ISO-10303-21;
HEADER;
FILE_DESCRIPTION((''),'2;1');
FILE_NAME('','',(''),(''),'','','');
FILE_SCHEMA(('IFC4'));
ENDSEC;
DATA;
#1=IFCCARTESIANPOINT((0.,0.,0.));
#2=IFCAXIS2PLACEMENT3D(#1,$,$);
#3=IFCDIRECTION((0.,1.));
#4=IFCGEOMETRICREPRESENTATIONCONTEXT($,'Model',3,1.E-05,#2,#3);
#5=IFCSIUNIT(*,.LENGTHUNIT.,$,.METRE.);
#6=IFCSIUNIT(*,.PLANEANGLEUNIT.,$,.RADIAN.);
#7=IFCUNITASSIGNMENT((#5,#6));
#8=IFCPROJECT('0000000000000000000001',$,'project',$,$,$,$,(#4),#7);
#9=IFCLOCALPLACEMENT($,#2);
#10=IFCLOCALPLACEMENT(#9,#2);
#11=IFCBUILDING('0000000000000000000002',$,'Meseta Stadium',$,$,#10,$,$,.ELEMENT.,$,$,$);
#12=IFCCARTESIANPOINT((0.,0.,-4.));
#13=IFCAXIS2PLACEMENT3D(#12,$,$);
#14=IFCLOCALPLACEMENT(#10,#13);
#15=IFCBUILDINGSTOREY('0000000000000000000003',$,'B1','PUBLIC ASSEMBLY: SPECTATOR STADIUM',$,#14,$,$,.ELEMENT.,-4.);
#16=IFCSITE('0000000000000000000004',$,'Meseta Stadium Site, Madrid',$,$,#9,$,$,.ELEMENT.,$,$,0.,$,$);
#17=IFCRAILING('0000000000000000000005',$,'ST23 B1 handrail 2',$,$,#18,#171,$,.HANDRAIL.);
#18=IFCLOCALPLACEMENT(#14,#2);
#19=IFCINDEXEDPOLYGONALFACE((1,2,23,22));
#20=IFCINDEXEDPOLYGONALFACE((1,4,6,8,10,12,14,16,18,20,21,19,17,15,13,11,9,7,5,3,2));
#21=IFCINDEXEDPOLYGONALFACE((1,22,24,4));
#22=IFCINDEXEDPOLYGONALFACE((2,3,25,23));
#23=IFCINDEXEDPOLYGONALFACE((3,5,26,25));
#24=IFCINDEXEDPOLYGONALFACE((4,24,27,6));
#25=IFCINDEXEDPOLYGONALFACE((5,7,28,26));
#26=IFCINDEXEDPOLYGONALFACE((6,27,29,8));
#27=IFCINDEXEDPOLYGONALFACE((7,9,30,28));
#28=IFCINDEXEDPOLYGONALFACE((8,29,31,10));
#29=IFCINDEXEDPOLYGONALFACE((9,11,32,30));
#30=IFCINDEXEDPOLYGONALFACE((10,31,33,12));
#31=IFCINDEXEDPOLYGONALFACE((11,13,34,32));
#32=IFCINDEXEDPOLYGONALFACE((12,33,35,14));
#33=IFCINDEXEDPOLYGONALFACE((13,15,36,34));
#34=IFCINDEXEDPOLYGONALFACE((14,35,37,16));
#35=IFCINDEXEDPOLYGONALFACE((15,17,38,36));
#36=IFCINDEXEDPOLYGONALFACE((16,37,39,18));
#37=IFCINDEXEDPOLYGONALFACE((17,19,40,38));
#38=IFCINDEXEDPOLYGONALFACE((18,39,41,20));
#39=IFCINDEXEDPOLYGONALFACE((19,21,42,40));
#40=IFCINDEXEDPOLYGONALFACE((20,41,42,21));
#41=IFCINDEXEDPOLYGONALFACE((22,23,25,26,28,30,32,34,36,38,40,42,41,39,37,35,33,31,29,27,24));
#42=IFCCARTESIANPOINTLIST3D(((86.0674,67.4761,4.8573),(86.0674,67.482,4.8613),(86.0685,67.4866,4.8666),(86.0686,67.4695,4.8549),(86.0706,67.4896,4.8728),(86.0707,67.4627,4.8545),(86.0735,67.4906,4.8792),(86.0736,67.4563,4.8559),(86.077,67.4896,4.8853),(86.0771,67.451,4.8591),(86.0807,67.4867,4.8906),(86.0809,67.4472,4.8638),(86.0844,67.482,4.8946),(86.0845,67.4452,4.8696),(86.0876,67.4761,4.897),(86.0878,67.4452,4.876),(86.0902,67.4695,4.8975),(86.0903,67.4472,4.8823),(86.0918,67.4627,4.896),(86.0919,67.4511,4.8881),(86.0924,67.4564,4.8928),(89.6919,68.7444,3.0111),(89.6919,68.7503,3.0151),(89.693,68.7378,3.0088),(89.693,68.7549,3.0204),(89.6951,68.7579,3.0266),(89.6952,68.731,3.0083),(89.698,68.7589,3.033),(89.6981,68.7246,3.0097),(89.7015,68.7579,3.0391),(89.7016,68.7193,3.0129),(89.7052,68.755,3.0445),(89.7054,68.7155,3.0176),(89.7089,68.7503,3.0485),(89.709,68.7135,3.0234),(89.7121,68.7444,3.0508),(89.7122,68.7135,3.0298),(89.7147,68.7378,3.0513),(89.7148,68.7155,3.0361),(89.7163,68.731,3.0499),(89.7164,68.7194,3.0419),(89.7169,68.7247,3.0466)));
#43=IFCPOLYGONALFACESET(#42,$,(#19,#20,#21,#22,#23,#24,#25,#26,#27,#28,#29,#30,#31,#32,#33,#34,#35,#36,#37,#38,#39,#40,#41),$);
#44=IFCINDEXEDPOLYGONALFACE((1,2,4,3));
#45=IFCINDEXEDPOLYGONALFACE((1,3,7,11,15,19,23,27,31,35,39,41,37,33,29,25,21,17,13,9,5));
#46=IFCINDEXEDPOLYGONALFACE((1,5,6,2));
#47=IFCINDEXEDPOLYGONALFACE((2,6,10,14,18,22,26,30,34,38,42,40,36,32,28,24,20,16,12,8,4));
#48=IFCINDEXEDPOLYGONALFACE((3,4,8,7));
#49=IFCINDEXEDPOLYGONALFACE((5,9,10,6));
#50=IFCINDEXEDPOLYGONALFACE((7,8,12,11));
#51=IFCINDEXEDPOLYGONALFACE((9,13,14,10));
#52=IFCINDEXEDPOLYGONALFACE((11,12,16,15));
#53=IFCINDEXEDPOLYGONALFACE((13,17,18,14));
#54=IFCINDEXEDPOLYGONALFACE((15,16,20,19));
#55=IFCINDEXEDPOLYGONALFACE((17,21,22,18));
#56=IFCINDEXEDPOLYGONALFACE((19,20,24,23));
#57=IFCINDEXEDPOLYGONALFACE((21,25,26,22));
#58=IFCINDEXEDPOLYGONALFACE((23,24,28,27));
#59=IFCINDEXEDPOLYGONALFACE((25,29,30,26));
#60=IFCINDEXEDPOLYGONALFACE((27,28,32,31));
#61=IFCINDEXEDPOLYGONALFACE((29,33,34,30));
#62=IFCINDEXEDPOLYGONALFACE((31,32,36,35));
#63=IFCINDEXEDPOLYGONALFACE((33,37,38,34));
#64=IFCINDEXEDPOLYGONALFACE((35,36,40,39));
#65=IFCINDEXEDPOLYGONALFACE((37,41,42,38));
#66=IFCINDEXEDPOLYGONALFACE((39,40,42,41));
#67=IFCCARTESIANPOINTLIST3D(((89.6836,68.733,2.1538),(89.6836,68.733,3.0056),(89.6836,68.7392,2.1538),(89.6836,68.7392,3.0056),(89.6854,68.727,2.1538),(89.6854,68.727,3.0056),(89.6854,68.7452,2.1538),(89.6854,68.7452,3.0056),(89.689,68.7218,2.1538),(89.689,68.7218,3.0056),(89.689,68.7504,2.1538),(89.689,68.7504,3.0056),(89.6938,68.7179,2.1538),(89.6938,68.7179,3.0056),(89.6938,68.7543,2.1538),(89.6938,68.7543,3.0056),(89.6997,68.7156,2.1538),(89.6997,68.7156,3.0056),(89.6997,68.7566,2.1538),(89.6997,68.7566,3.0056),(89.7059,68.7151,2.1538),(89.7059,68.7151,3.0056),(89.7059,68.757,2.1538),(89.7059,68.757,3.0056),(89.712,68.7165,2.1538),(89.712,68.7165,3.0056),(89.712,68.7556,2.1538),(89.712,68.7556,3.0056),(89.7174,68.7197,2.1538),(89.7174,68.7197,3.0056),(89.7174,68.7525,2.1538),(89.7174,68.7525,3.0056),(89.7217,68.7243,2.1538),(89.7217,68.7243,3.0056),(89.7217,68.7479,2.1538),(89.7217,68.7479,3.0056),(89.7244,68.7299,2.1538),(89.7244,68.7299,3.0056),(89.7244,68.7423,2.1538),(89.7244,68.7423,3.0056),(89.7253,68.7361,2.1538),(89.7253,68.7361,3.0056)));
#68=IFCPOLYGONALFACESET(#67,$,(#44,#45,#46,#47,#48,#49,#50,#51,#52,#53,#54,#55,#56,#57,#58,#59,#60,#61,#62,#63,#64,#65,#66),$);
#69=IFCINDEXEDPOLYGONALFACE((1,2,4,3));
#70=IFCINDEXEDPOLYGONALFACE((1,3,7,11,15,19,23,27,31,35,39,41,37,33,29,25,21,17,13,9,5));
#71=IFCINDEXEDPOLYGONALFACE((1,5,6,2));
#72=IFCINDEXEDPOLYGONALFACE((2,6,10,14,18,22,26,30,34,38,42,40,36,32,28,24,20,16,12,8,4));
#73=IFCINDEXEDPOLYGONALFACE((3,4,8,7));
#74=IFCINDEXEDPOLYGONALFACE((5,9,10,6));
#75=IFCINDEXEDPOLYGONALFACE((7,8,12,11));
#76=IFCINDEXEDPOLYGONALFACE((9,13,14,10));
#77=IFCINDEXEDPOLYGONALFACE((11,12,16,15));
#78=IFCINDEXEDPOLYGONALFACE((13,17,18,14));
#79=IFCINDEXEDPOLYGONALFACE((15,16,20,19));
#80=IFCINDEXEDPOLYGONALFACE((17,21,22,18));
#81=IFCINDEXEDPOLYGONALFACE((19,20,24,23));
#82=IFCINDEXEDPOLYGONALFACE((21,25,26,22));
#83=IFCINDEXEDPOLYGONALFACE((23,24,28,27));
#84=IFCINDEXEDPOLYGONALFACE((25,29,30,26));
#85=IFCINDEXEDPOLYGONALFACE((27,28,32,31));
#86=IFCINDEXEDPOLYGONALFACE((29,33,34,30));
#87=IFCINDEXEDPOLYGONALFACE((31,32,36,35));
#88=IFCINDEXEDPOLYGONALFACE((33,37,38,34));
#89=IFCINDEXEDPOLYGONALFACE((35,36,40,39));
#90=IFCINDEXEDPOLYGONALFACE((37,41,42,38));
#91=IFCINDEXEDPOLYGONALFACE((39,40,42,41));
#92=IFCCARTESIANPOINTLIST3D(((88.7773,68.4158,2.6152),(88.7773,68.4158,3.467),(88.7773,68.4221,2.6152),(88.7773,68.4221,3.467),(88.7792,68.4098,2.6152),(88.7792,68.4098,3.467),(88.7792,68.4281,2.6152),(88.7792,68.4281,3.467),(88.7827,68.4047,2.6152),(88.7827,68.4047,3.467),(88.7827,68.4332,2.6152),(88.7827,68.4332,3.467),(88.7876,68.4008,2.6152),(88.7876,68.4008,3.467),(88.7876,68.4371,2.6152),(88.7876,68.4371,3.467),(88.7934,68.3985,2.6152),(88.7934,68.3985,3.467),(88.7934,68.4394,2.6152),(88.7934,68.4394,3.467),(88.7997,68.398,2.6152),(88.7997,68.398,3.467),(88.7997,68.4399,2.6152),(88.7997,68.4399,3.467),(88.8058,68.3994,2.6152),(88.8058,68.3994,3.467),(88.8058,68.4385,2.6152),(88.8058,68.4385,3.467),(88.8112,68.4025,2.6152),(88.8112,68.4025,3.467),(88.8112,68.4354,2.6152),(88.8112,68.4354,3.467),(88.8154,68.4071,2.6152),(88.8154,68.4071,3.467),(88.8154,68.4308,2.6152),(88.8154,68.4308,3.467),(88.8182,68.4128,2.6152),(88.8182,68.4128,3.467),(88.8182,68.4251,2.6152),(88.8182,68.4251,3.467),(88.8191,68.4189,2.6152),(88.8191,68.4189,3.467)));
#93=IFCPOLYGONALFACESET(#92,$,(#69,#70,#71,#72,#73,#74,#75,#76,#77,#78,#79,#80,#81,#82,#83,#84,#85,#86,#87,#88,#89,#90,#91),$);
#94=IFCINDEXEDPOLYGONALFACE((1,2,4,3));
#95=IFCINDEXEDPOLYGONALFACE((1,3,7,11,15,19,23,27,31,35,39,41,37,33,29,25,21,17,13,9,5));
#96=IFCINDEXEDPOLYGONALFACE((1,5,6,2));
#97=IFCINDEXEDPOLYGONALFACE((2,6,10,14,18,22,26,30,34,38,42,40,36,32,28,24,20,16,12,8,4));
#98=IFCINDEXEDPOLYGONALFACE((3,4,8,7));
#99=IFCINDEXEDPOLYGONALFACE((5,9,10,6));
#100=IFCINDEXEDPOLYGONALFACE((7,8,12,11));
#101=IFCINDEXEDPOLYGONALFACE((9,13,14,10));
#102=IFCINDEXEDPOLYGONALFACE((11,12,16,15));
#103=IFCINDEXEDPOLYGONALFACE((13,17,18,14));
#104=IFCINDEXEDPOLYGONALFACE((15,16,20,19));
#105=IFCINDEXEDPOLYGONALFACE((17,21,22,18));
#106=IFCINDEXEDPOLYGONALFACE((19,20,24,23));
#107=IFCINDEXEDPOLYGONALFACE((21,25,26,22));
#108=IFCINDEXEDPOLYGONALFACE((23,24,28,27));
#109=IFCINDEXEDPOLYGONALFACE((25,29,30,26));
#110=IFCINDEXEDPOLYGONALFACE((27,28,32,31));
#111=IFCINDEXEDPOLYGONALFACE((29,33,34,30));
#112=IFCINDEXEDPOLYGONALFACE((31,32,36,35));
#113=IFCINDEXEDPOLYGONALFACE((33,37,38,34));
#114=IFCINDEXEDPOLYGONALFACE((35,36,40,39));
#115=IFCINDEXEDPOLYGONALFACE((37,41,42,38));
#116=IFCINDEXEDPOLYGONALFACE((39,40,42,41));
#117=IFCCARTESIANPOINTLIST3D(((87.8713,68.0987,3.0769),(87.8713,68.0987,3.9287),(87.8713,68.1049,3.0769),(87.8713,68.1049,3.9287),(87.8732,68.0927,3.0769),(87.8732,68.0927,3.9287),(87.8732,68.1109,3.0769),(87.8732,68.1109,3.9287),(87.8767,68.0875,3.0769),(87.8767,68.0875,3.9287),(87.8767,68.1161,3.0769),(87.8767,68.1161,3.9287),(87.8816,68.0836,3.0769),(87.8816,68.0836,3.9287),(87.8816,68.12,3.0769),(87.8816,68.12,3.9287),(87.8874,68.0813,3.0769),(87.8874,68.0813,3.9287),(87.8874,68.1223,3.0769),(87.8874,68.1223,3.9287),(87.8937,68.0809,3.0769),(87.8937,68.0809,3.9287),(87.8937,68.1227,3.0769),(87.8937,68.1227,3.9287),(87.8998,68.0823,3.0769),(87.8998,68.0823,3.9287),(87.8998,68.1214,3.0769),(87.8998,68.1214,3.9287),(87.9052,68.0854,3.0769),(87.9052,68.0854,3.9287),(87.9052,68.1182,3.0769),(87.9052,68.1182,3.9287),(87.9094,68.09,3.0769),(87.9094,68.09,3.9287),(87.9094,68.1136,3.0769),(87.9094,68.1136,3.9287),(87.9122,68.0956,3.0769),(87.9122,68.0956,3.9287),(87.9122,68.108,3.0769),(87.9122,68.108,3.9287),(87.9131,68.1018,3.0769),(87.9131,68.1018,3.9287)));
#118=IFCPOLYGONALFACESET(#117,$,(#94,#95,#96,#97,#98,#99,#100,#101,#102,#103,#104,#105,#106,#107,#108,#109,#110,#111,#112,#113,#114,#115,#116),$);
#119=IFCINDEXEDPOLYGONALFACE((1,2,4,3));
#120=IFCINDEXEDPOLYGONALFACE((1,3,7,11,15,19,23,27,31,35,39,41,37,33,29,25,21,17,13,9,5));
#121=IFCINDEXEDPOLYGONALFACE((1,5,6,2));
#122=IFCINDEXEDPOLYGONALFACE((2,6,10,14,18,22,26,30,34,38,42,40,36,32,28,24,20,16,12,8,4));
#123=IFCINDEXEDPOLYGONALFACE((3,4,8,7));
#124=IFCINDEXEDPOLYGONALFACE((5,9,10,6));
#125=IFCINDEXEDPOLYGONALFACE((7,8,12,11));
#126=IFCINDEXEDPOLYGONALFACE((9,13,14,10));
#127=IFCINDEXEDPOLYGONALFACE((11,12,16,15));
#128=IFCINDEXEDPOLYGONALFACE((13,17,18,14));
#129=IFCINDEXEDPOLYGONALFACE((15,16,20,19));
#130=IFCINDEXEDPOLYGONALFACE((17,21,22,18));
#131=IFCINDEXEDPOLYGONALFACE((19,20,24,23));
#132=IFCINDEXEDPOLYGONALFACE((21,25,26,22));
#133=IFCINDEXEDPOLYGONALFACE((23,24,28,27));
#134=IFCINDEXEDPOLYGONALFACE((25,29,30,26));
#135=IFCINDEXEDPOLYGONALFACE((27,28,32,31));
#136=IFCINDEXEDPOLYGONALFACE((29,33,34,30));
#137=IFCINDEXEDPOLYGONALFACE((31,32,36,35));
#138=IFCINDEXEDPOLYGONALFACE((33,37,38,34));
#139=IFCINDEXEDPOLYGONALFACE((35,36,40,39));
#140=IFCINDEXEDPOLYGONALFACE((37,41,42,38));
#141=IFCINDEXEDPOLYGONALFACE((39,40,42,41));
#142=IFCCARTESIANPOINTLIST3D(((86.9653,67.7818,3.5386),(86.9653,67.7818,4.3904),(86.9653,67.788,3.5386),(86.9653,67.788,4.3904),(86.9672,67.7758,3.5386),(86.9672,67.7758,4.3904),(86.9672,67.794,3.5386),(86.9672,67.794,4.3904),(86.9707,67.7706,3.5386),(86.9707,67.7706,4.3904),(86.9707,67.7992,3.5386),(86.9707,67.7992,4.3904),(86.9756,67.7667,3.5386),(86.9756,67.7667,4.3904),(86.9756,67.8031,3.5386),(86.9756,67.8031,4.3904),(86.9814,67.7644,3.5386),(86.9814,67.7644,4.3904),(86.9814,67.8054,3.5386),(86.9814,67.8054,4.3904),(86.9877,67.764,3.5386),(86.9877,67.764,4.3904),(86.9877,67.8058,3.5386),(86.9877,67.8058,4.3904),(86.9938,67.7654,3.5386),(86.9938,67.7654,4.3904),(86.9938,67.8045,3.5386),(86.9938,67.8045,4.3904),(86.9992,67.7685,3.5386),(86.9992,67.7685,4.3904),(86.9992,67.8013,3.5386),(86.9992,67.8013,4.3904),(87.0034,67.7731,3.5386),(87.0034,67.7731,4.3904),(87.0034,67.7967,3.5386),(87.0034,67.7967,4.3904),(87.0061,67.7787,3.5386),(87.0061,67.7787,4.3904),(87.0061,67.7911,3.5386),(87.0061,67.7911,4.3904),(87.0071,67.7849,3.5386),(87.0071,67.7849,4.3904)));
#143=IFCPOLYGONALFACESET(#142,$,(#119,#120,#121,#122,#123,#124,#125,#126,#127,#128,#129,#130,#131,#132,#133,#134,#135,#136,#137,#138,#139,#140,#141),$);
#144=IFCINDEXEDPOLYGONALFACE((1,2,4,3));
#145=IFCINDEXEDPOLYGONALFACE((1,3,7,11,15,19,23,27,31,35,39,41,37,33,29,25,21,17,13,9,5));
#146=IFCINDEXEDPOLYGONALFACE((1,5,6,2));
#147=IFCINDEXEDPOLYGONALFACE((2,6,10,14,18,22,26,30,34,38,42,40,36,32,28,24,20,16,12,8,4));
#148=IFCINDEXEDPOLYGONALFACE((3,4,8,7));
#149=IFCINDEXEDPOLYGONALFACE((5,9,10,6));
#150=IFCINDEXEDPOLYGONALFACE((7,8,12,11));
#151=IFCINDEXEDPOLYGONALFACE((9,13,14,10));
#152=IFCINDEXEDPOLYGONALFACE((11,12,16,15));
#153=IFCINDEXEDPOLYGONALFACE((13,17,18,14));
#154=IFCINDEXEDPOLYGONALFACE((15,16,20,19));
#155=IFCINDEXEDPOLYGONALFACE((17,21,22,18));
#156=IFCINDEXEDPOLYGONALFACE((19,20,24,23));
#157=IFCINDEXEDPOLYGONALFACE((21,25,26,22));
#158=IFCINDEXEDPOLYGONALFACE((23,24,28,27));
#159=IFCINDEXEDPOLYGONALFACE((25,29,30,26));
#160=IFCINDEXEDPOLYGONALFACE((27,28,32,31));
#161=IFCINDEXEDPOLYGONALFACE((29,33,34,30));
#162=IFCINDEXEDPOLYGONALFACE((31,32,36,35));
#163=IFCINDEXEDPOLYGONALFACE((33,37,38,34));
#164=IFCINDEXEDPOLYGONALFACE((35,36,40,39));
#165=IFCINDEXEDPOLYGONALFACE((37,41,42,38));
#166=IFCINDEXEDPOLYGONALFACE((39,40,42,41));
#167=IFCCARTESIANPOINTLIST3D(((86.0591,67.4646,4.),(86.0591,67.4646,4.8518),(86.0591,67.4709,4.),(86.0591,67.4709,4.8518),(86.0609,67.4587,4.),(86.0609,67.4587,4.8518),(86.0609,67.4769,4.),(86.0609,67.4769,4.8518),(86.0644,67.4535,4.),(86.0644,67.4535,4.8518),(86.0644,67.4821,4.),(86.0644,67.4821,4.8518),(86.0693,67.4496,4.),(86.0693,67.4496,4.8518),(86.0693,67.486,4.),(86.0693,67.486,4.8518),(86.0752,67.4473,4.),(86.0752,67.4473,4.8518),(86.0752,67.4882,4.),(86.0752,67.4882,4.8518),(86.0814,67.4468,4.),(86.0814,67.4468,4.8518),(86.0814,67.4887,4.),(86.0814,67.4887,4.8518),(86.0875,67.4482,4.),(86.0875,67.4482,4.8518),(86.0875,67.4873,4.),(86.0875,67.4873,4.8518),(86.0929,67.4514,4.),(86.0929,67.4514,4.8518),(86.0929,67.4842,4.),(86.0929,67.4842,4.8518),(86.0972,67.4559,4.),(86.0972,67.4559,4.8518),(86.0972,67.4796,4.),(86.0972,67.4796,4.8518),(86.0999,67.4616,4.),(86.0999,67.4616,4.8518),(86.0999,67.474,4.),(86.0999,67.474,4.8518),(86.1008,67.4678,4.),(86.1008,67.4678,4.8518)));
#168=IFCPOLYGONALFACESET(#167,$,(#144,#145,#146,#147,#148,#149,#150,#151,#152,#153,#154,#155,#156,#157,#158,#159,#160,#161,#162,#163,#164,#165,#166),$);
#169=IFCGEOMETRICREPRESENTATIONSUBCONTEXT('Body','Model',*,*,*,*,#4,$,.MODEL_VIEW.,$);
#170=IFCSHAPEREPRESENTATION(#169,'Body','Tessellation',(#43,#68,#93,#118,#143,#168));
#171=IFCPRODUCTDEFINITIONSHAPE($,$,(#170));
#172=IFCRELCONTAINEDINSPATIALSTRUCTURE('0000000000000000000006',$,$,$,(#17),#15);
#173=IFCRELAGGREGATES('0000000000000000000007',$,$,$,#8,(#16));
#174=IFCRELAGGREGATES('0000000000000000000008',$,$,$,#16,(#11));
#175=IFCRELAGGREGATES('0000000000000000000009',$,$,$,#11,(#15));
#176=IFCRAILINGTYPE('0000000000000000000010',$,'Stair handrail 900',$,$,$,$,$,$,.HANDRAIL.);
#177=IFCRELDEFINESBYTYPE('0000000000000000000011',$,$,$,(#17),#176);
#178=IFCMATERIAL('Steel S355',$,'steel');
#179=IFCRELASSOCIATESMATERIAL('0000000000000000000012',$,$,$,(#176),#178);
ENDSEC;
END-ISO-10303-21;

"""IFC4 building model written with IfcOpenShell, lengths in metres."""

from ifc_helpers import new_model, si_unit, direction, frame, origin, origin_2d, place, context, subcontext, project, spatial, circle, extrude, material, type_object, element, save


model = new_model("IFC4")

# Units and contexts
model_context = context("Model", 3, precision=1e-05, world=origin(), true_north=direction((0.0, 1.0)))
body_context = subcontext(model_context, "Body", "Model", "MODEL_VIEW")
ifc_project = project(units=[si_unit("LENGTHUNIT", "METRE"), si_unit("PLANEANGLEUNIT", "RADIAN")], contexts=[model_context])

# Site, building, storey
site_placement = place(None, origin())
site = spatial("IfcSite", under=ifc_project, at=site_placement, Name="Meseta Stadium Site, Madrid", CompositionType="ELEMENT", RefElevation=0.0)
building_placement = place(site_placement, origin())
building = spatial("IfcBuilding", under=site, at=building_placement, Name="Meseta Stadium", CompositionType="ELEMENT")
storey_placement = place(building_placement, frame((0.0, 0.0, -4.0)))
storey = spatial("IfcBuildingStorey", under=building, at=storey_placement, Name="B1", Description="PUBLIC ASSEMBLY: SPECTATOR STADIUM", CompositionType="ELEMENT", Elevation=-4.0)

# Railing
ifc_material_1 = material(Name="Steel S355", Category="steel")
railing_type_1 = type_object("IfcRailingType", Name="Stair handrail 900", PredefinedType="HANDRAIL", material=ifc_material_1)
for number, where, name in (
    (1, (89.7043, 68.7361, 2.1538), "ST23 B1 handrail 2"),
):
    element("IfcRailing", number, at=place(storey_placement, frame(where)), inside=storey, type_object=railing_type_1, Name=name, PredefinedType="HANDRAIL", context=body_context, shape_type="SweptSolid", body=[
        extrude(circle(Radius=0.0239, at=origin_2d()), frame((0.0, 0.0, 0.876), z_axis=(-0.850672, -0.297672, 0.4333), x_axis=(0.330288, -0.94388, 0.0)), (0.0, 0.0, 1.0), 4.2607),
        extrude(circle(Radius=0.021, at=origin_2d()), origin(), (0.0, 0.0, 1.0), 0.8518),
        extrude(circle(Radius=0.021, at=origin_2d()), frame((-0.9062, -0.3171, 0.4614)), (0.0, 0.0, 1.0), 0.8518),
        extrude(circle(Radius=0.021, at=origin_2d()), frame((-1.8123, -0.6343, 0.9231)), (0.0, 0.0, 1.0), 0.8518),
        extrude(circle(Radius=0.021, at=origin_2d()), frame((-2.7183, -0.9512, 1.3848)), (0.0, 0.0, 1.0), 0.8518),
        extrude(circle(Radius=0.021, at=origin_2d()), frame((-3.6245, -1.2683, 1.8462)), (0.0, 0.0, 1.0), 0.8518),
    ])

save(model, "model.ifc")
